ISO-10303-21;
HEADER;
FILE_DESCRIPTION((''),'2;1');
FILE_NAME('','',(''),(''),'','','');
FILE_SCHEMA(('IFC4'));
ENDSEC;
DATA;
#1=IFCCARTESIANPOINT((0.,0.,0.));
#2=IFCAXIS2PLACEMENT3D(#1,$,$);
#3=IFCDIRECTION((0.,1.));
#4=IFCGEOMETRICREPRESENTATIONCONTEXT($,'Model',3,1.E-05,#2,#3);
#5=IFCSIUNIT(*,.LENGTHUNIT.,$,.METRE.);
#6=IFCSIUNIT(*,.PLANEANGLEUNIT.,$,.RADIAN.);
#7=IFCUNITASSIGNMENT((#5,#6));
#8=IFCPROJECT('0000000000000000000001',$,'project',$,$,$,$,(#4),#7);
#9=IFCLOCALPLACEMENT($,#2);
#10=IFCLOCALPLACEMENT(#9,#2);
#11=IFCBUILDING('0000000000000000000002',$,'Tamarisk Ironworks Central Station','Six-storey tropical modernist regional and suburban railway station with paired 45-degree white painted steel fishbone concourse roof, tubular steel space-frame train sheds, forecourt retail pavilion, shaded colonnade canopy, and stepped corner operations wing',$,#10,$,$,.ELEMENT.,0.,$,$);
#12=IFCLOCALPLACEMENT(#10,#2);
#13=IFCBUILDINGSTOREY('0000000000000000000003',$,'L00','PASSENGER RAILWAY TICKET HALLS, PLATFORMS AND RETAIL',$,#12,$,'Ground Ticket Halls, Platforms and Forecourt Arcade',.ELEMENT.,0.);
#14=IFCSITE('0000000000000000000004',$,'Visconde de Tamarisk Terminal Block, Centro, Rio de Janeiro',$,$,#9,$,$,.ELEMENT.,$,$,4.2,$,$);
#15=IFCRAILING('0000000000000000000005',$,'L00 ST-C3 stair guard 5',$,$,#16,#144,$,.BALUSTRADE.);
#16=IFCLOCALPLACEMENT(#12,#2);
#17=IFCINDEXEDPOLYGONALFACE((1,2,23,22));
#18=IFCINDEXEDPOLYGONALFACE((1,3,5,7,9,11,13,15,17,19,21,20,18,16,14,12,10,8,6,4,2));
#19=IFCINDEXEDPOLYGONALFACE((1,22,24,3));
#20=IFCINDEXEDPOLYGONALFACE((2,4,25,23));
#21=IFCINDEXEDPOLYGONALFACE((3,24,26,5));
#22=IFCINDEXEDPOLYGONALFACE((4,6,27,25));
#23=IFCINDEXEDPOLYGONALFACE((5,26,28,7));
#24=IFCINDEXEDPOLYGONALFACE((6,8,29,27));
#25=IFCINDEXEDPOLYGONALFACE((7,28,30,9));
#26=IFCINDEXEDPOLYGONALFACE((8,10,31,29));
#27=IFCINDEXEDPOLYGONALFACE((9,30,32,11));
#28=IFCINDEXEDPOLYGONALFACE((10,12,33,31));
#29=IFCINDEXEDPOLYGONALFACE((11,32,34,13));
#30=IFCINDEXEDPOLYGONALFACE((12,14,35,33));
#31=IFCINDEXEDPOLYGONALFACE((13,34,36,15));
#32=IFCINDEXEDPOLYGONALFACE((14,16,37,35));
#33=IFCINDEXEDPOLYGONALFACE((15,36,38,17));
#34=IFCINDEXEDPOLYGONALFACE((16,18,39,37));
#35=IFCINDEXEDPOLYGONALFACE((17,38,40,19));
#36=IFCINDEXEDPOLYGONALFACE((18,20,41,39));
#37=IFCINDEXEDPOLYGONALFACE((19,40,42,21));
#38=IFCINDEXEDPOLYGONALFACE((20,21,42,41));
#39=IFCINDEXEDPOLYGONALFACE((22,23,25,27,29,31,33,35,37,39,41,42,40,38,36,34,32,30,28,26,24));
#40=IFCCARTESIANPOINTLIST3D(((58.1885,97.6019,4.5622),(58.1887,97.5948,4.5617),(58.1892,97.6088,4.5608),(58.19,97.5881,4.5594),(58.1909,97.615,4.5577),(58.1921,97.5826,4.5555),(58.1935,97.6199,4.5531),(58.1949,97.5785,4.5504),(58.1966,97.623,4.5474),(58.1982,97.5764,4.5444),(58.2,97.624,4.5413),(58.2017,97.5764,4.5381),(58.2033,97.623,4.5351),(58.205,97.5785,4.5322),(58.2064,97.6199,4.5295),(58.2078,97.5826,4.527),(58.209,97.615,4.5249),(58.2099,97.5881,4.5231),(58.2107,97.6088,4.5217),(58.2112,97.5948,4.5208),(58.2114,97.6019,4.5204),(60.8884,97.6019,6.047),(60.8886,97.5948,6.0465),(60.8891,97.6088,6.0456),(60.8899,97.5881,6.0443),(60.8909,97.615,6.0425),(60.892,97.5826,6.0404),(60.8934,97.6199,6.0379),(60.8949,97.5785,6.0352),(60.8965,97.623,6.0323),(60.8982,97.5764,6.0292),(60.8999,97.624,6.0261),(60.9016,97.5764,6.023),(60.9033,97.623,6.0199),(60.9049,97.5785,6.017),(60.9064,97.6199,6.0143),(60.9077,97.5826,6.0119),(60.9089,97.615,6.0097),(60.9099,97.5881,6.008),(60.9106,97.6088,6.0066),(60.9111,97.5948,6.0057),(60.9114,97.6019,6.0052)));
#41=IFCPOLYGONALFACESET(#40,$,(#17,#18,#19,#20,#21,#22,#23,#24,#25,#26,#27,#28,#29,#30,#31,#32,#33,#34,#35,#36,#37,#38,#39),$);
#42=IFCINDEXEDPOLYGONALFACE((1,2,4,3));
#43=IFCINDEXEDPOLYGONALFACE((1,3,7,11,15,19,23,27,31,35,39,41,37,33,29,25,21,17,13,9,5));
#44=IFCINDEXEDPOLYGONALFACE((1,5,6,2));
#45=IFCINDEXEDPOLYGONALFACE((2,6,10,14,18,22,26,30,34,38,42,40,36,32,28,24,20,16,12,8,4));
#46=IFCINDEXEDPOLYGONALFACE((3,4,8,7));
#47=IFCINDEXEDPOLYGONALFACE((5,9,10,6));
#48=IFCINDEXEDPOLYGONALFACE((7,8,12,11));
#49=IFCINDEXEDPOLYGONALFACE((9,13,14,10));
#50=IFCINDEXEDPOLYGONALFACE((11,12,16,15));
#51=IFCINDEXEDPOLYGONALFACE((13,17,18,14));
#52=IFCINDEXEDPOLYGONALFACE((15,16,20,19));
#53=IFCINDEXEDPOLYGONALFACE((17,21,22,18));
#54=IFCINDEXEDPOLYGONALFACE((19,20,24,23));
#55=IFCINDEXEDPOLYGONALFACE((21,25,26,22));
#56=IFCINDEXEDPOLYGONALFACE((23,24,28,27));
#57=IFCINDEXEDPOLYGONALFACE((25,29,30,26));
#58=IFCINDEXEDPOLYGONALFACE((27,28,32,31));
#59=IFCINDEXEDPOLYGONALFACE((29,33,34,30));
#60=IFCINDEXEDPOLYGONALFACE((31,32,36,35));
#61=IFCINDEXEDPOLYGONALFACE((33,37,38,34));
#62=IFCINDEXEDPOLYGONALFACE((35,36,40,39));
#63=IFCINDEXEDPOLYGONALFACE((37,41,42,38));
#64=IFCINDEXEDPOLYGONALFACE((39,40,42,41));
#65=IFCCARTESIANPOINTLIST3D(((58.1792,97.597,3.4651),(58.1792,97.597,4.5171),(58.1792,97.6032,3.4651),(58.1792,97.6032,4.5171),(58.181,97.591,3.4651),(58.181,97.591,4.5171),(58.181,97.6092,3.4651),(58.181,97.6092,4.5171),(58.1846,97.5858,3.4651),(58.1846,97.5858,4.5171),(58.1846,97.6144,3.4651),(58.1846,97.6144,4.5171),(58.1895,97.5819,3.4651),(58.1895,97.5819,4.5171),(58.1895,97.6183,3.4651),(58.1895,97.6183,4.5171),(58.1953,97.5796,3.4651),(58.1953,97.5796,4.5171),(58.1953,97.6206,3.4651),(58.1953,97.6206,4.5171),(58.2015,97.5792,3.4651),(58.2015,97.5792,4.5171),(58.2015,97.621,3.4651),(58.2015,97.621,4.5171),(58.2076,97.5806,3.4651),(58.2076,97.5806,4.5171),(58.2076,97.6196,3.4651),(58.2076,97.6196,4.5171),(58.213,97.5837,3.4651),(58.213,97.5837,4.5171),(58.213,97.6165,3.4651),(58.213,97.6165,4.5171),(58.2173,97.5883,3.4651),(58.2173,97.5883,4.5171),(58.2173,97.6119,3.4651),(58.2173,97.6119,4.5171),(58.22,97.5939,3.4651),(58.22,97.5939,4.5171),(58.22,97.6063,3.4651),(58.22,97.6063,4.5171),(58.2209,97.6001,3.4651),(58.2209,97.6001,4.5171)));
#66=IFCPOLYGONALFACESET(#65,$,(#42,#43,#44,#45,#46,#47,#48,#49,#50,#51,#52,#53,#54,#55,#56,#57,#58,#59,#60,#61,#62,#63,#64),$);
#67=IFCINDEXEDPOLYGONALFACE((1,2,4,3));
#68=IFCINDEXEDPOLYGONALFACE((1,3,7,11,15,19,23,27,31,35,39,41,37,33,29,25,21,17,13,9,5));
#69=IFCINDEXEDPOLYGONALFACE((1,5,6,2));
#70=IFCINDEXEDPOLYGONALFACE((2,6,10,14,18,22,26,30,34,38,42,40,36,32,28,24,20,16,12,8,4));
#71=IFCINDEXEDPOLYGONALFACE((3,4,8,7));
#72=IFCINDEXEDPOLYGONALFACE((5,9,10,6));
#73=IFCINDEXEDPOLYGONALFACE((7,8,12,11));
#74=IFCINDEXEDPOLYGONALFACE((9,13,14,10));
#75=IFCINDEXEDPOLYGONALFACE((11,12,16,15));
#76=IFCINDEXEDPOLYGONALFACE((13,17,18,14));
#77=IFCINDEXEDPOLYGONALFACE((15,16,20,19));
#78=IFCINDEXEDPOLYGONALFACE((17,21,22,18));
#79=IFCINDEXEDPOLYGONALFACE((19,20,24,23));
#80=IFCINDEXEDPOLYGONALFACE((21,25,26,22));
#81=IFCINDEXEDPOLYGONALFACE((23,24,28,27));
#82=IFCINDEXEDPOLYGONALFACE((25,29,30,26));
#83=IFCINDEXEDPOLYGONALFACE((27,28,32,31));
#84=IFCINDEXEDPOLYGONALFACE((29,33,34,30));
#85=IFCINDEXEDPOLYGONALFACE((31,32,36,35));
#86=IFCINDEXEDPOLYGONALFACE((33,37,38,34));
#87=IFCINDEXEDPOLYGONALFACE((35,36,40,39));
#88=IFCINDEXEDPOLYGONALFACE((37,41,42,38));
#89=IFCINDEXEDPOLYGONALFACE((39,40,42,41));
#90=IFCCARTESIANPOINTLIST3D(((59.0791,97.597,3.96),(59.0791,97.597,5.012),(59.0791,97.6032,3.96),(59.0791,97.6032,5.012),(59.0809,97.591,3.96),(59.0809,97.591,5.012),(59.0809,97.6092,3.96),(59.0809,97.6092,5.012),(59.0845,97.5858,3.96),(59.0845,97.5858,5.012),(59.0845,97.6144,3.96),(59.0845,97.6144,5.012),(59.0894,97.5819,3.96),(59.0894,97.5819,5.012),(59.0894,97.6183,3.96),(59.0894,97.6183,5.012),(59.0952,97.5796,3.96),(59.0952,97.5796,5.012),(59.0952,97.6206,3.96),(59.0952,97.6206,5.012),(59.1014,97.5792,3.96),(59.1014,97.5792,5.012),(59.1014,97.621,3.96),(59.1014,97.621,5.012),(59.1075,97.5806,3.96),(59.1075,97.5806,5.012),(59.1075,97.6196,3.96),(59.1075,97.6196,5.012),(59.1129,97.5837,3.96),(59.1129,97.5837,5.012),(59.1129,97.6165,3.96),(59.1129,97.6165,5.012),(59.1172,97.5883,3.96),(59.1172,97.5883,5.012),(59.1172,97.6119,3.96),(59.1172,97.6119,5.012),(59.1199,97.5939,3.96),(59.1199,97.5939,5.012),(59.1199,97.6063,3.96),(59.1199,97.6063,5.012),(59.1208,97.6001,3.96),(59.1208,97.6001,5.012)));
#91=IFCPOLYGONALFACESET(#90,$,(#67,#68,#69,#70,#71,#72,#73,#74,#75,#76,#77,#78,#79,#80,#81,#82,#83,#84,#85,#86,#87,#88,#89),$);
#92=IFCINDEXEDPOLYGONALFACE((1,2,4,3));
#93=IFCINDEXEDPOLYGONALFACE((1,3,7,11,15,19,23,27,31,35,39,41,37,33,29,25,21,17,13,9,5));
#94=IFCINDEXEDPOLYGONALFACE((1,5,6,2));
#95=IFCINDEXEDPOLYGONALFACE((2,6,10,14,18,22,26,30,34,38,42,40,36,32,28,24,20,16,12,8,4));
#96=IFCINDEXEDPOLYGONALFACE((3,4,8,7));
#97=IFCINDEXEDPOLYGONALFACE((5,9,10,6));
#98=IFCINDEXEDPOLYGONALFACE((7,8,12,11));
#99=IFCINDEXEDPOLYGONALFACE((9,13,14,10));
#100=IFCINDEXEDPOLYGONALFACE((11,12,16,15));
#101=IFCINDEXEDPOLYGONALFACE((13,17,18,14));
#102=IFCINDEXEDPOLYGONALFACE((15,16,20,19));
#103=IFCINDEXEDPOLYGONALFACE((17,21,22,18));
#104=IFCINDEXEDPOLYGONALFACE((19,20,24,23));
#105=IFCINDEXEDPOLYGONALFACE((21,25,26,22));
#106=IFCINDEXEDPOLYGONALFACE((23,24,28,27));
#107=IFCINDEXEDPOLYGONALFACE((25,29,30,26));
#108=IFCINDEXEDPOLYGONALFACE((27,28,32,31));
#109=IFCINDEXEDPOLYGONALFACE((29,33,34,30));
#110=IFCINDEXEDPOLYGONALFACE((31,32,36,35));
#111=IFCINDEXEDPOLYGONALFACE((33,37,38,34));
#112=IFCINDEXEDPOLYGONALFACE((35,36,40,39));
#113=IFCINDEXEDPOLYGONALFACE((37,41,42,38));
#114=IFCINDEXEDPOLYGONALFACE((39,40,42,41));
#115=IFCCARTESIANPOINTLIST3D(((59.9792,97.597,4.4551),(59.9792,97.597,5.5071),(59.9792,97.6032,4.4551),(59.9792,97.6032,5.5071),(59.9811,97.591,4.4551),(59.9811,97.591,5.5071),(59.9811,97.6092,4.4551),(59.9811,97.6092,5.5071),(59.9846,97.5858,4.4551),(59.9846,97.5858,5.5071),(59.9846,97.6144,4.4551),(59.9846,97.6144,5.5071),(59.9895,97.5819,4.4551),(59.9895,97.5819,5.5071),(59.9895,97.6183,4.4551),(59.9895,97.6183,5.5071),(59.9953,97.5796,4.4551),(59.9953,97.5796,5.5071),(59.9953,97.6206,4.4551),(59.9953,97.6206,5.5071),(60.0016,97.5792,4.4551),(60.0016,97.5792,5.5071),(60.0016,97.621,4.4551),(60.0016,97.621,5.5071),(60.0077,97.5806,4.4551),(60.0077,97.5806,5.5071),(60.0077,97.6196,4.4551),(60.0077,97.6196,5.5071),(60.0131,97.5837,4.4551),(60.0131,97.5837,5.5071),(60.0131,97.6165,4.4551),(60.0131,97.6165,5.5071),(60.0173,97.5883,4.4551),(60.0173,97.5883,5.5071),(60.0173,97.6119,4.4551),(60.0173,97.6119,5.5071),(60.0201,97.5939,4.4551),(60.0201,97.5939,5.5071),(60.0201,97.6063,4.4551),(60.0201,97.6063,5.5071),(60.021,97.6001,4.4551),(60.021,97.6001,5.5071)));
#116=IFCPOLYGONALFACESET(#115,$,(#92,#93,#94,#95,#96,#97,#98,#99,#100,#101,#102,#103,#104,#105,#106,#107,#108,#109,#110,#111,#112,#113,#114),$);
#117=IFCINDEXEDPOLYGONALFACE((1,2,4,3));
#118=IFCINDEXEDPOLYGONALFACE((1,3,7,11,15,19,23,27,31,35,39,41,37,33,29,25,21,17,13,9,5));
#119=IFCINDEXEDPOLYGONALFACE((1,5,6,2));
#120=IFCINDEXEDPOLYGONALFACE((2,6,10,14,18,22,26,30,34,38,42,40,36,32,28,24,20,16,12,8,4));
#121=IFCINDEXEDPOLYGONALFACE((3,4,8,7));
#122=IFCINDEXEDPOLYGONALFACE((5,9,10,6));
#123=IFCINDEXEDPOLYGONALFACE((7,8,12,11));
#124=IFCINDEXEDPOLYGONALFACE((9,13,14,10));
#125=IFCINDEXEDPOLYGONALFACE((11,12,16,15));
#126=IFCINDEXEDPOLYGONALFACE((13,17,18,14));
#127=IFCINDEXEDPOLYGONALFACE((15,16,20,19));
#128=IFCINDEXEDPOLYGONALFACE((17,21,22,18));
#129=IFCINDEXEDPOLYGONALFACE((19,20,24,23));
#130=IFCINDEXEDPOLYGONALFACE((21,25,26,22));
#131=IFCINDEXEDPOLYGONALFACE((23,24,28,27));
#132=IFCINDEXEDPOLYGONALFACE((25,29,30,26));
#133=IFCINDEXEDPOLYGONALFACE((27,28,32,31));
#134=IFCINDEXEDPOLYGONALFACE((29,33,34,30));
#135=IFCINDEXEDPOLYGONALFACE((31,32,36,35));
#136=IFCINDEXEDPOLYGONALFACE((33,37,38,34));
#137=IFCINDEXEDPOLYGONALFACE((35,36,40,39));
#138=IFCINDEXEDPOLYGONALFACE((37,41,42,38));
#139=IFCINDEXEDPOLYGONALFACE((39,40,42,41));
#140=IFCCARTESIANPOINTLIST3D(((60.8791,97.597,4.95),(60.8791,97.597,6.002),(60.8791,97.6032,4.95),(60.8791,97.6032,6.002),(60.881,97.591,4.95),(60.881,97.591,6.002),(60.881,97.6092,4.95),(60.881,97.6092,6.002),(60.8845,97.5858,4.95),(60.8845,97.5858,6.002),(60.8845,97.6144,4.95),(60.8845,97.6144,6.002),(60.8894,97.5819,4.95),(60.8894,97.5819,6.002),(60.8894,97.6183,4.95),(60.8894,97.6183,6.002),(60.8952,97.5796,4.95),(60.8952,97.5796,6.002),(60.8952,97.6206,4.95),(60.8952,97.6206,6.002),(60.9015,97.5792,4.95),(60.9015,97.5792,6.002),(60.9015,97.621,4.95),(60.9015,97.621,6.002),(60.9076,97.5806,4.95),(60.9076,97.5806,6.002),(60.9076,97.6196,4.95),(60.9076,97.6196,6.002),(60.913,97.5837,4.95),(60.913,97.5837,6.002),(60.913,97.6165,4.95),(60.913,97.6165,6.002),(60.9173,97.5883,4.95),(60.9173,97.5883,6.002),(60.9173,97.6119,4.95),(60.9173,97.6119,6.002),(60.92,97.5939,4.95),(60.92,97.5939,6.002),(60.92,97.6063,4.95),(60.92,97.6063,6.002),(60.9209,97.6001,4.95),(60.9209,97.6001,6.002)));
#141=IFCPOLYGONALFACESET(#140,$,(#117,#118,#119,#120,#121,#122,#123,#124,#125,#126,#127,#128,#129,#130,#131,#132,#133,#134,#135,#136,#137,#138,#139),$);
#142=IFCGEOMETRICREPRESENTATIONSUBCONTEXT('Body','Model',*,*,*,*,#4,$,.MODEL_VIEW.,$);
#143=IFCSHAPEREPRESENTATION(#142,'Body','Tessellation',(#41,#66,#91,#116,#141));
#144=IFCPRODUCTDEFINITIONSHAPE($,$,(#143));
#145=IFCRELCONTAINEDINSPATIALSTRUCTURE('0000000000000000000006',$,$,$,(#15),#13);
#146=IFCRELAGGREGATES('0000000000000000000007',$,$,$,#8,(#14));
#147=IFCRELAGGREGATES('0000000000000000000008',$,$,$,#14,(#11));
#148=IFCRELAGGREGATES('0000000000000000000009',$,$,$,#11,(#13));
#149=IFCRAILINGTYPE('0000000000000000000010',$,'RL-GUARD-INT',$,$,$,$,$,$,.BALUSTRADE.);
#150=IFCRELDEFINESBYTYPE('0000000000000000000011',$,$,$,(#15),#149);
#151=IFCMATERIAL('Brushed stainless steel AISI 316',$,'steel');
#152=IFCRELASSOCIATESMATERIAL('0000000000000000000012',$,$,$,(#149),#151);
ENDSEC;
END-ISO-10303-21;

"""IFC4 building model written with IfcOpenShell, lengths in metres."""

from ifc_helpers import new_model, si_unit, direction, frame, origin, origin_2d, place, context, subcontext, project, spatial, circle, extrude, material, type_object, element, save


model = new_model("IFC4")

# Units and contexts
model_context = context("Model", 3, precision=1e-05, world=origin(), true_north=direction((0.0, 1.0)))
body_context = subcontext(model_context, "Body", "Model", "MODEL_VIEW")
ifc_project = project(units=[si_unit("LENGTHUNIT", "METRE"), si_unit("PLANEANGLEUNIT", "RADIAN")], contexts=[model_context])

# Site, building, storey
site_placement = place(None, origin())
site = spatial("IfcSite", under=ifc_project, at=site_placement, Name="Visconde de Tamarisk Terminal Block, Centro, Rio de Janeiro", CompositionType="ELEMENT", RefElevation=4.2)
building_placement = place(site_placement, origin())
building = spatial("IfcBuilding", under=site, at=building_placement, Name="Tamarisk Ironworks Central Station", Description="Six-storey tropical modernist regional and suburban railway station with paired 45-degree white painted steel fishbone concourse roof, tubular steel space-frame train sheds, forecourt retail pavilion, shaded colonnade canopy, and stepped corner operations wing", CompositionType="ELEMENT", ElevationOfRefHeight=0.0)
storey_placement = place(building_placement, origin())
storey = spatial("IfcBuildingStorey", under=building, at=storey_placement, Name="L00", Description="PASSENGER RAILWAY TICKET HALLS, PLATFORMS AND RETAIL", LongName="Ground Ticket Halls, Platforms and Forecourt Arcade", CompositionType="ELEMENT", Elevation=0.0)

# Railing
ifc_material_1 = material(Name="Brushed stainless steel AISI 316", Category="steel")
railing_type_1 = type_object("IfcRailingType", Name="RL-GUARD-INT", PredefinedType="BALUSTRADE", material=ifc_material_1)
railing_1_placement = place(storey_placement, frame((58.2, 97.6001, 3.4651)))
element("IfcRailing", 1, at=railing_1_placement, inside=storey, type_object=railing_type_1, Name="L00 ST-C3 stair guard 5", PredefinedType="BALUSTRADE", context=body_context, shape_type="SweptSolid", body=[
    extrude(circle(Radius=0.0239, at=origin_2d()), frame((0.0, 0.0, 1.0762), z_axis=(0.876231, 0.0, 0.481891), x_axis=(0.0, 1.0, 0.0)), (0.0, 0.0, 1.0), 3.0813),
    extrude(circle(Radius=0.021, at=origin_2d()), origin(), (0.0, 0.0, 1.0), 1.052),
    extrude(circle(Radius=0.021, at=origin_2d()), frame((0.8999, 0.0, 0.4949)), (0.0, 0.0, 1.0), 1.052),
    extrude(circle(Radius=0.021, at=origin_2d()), frame((1.8, 0.0, 0.99)), (0.0, 0.0, 1.0), 1.052),
    extrude(circle(Radius=0.021, at=origin_2d()), frame((2.7, 0.0, 1.4849)), (0.0, 0.0, 1.0), 1.052),
])

save(model, "model.ifc")
